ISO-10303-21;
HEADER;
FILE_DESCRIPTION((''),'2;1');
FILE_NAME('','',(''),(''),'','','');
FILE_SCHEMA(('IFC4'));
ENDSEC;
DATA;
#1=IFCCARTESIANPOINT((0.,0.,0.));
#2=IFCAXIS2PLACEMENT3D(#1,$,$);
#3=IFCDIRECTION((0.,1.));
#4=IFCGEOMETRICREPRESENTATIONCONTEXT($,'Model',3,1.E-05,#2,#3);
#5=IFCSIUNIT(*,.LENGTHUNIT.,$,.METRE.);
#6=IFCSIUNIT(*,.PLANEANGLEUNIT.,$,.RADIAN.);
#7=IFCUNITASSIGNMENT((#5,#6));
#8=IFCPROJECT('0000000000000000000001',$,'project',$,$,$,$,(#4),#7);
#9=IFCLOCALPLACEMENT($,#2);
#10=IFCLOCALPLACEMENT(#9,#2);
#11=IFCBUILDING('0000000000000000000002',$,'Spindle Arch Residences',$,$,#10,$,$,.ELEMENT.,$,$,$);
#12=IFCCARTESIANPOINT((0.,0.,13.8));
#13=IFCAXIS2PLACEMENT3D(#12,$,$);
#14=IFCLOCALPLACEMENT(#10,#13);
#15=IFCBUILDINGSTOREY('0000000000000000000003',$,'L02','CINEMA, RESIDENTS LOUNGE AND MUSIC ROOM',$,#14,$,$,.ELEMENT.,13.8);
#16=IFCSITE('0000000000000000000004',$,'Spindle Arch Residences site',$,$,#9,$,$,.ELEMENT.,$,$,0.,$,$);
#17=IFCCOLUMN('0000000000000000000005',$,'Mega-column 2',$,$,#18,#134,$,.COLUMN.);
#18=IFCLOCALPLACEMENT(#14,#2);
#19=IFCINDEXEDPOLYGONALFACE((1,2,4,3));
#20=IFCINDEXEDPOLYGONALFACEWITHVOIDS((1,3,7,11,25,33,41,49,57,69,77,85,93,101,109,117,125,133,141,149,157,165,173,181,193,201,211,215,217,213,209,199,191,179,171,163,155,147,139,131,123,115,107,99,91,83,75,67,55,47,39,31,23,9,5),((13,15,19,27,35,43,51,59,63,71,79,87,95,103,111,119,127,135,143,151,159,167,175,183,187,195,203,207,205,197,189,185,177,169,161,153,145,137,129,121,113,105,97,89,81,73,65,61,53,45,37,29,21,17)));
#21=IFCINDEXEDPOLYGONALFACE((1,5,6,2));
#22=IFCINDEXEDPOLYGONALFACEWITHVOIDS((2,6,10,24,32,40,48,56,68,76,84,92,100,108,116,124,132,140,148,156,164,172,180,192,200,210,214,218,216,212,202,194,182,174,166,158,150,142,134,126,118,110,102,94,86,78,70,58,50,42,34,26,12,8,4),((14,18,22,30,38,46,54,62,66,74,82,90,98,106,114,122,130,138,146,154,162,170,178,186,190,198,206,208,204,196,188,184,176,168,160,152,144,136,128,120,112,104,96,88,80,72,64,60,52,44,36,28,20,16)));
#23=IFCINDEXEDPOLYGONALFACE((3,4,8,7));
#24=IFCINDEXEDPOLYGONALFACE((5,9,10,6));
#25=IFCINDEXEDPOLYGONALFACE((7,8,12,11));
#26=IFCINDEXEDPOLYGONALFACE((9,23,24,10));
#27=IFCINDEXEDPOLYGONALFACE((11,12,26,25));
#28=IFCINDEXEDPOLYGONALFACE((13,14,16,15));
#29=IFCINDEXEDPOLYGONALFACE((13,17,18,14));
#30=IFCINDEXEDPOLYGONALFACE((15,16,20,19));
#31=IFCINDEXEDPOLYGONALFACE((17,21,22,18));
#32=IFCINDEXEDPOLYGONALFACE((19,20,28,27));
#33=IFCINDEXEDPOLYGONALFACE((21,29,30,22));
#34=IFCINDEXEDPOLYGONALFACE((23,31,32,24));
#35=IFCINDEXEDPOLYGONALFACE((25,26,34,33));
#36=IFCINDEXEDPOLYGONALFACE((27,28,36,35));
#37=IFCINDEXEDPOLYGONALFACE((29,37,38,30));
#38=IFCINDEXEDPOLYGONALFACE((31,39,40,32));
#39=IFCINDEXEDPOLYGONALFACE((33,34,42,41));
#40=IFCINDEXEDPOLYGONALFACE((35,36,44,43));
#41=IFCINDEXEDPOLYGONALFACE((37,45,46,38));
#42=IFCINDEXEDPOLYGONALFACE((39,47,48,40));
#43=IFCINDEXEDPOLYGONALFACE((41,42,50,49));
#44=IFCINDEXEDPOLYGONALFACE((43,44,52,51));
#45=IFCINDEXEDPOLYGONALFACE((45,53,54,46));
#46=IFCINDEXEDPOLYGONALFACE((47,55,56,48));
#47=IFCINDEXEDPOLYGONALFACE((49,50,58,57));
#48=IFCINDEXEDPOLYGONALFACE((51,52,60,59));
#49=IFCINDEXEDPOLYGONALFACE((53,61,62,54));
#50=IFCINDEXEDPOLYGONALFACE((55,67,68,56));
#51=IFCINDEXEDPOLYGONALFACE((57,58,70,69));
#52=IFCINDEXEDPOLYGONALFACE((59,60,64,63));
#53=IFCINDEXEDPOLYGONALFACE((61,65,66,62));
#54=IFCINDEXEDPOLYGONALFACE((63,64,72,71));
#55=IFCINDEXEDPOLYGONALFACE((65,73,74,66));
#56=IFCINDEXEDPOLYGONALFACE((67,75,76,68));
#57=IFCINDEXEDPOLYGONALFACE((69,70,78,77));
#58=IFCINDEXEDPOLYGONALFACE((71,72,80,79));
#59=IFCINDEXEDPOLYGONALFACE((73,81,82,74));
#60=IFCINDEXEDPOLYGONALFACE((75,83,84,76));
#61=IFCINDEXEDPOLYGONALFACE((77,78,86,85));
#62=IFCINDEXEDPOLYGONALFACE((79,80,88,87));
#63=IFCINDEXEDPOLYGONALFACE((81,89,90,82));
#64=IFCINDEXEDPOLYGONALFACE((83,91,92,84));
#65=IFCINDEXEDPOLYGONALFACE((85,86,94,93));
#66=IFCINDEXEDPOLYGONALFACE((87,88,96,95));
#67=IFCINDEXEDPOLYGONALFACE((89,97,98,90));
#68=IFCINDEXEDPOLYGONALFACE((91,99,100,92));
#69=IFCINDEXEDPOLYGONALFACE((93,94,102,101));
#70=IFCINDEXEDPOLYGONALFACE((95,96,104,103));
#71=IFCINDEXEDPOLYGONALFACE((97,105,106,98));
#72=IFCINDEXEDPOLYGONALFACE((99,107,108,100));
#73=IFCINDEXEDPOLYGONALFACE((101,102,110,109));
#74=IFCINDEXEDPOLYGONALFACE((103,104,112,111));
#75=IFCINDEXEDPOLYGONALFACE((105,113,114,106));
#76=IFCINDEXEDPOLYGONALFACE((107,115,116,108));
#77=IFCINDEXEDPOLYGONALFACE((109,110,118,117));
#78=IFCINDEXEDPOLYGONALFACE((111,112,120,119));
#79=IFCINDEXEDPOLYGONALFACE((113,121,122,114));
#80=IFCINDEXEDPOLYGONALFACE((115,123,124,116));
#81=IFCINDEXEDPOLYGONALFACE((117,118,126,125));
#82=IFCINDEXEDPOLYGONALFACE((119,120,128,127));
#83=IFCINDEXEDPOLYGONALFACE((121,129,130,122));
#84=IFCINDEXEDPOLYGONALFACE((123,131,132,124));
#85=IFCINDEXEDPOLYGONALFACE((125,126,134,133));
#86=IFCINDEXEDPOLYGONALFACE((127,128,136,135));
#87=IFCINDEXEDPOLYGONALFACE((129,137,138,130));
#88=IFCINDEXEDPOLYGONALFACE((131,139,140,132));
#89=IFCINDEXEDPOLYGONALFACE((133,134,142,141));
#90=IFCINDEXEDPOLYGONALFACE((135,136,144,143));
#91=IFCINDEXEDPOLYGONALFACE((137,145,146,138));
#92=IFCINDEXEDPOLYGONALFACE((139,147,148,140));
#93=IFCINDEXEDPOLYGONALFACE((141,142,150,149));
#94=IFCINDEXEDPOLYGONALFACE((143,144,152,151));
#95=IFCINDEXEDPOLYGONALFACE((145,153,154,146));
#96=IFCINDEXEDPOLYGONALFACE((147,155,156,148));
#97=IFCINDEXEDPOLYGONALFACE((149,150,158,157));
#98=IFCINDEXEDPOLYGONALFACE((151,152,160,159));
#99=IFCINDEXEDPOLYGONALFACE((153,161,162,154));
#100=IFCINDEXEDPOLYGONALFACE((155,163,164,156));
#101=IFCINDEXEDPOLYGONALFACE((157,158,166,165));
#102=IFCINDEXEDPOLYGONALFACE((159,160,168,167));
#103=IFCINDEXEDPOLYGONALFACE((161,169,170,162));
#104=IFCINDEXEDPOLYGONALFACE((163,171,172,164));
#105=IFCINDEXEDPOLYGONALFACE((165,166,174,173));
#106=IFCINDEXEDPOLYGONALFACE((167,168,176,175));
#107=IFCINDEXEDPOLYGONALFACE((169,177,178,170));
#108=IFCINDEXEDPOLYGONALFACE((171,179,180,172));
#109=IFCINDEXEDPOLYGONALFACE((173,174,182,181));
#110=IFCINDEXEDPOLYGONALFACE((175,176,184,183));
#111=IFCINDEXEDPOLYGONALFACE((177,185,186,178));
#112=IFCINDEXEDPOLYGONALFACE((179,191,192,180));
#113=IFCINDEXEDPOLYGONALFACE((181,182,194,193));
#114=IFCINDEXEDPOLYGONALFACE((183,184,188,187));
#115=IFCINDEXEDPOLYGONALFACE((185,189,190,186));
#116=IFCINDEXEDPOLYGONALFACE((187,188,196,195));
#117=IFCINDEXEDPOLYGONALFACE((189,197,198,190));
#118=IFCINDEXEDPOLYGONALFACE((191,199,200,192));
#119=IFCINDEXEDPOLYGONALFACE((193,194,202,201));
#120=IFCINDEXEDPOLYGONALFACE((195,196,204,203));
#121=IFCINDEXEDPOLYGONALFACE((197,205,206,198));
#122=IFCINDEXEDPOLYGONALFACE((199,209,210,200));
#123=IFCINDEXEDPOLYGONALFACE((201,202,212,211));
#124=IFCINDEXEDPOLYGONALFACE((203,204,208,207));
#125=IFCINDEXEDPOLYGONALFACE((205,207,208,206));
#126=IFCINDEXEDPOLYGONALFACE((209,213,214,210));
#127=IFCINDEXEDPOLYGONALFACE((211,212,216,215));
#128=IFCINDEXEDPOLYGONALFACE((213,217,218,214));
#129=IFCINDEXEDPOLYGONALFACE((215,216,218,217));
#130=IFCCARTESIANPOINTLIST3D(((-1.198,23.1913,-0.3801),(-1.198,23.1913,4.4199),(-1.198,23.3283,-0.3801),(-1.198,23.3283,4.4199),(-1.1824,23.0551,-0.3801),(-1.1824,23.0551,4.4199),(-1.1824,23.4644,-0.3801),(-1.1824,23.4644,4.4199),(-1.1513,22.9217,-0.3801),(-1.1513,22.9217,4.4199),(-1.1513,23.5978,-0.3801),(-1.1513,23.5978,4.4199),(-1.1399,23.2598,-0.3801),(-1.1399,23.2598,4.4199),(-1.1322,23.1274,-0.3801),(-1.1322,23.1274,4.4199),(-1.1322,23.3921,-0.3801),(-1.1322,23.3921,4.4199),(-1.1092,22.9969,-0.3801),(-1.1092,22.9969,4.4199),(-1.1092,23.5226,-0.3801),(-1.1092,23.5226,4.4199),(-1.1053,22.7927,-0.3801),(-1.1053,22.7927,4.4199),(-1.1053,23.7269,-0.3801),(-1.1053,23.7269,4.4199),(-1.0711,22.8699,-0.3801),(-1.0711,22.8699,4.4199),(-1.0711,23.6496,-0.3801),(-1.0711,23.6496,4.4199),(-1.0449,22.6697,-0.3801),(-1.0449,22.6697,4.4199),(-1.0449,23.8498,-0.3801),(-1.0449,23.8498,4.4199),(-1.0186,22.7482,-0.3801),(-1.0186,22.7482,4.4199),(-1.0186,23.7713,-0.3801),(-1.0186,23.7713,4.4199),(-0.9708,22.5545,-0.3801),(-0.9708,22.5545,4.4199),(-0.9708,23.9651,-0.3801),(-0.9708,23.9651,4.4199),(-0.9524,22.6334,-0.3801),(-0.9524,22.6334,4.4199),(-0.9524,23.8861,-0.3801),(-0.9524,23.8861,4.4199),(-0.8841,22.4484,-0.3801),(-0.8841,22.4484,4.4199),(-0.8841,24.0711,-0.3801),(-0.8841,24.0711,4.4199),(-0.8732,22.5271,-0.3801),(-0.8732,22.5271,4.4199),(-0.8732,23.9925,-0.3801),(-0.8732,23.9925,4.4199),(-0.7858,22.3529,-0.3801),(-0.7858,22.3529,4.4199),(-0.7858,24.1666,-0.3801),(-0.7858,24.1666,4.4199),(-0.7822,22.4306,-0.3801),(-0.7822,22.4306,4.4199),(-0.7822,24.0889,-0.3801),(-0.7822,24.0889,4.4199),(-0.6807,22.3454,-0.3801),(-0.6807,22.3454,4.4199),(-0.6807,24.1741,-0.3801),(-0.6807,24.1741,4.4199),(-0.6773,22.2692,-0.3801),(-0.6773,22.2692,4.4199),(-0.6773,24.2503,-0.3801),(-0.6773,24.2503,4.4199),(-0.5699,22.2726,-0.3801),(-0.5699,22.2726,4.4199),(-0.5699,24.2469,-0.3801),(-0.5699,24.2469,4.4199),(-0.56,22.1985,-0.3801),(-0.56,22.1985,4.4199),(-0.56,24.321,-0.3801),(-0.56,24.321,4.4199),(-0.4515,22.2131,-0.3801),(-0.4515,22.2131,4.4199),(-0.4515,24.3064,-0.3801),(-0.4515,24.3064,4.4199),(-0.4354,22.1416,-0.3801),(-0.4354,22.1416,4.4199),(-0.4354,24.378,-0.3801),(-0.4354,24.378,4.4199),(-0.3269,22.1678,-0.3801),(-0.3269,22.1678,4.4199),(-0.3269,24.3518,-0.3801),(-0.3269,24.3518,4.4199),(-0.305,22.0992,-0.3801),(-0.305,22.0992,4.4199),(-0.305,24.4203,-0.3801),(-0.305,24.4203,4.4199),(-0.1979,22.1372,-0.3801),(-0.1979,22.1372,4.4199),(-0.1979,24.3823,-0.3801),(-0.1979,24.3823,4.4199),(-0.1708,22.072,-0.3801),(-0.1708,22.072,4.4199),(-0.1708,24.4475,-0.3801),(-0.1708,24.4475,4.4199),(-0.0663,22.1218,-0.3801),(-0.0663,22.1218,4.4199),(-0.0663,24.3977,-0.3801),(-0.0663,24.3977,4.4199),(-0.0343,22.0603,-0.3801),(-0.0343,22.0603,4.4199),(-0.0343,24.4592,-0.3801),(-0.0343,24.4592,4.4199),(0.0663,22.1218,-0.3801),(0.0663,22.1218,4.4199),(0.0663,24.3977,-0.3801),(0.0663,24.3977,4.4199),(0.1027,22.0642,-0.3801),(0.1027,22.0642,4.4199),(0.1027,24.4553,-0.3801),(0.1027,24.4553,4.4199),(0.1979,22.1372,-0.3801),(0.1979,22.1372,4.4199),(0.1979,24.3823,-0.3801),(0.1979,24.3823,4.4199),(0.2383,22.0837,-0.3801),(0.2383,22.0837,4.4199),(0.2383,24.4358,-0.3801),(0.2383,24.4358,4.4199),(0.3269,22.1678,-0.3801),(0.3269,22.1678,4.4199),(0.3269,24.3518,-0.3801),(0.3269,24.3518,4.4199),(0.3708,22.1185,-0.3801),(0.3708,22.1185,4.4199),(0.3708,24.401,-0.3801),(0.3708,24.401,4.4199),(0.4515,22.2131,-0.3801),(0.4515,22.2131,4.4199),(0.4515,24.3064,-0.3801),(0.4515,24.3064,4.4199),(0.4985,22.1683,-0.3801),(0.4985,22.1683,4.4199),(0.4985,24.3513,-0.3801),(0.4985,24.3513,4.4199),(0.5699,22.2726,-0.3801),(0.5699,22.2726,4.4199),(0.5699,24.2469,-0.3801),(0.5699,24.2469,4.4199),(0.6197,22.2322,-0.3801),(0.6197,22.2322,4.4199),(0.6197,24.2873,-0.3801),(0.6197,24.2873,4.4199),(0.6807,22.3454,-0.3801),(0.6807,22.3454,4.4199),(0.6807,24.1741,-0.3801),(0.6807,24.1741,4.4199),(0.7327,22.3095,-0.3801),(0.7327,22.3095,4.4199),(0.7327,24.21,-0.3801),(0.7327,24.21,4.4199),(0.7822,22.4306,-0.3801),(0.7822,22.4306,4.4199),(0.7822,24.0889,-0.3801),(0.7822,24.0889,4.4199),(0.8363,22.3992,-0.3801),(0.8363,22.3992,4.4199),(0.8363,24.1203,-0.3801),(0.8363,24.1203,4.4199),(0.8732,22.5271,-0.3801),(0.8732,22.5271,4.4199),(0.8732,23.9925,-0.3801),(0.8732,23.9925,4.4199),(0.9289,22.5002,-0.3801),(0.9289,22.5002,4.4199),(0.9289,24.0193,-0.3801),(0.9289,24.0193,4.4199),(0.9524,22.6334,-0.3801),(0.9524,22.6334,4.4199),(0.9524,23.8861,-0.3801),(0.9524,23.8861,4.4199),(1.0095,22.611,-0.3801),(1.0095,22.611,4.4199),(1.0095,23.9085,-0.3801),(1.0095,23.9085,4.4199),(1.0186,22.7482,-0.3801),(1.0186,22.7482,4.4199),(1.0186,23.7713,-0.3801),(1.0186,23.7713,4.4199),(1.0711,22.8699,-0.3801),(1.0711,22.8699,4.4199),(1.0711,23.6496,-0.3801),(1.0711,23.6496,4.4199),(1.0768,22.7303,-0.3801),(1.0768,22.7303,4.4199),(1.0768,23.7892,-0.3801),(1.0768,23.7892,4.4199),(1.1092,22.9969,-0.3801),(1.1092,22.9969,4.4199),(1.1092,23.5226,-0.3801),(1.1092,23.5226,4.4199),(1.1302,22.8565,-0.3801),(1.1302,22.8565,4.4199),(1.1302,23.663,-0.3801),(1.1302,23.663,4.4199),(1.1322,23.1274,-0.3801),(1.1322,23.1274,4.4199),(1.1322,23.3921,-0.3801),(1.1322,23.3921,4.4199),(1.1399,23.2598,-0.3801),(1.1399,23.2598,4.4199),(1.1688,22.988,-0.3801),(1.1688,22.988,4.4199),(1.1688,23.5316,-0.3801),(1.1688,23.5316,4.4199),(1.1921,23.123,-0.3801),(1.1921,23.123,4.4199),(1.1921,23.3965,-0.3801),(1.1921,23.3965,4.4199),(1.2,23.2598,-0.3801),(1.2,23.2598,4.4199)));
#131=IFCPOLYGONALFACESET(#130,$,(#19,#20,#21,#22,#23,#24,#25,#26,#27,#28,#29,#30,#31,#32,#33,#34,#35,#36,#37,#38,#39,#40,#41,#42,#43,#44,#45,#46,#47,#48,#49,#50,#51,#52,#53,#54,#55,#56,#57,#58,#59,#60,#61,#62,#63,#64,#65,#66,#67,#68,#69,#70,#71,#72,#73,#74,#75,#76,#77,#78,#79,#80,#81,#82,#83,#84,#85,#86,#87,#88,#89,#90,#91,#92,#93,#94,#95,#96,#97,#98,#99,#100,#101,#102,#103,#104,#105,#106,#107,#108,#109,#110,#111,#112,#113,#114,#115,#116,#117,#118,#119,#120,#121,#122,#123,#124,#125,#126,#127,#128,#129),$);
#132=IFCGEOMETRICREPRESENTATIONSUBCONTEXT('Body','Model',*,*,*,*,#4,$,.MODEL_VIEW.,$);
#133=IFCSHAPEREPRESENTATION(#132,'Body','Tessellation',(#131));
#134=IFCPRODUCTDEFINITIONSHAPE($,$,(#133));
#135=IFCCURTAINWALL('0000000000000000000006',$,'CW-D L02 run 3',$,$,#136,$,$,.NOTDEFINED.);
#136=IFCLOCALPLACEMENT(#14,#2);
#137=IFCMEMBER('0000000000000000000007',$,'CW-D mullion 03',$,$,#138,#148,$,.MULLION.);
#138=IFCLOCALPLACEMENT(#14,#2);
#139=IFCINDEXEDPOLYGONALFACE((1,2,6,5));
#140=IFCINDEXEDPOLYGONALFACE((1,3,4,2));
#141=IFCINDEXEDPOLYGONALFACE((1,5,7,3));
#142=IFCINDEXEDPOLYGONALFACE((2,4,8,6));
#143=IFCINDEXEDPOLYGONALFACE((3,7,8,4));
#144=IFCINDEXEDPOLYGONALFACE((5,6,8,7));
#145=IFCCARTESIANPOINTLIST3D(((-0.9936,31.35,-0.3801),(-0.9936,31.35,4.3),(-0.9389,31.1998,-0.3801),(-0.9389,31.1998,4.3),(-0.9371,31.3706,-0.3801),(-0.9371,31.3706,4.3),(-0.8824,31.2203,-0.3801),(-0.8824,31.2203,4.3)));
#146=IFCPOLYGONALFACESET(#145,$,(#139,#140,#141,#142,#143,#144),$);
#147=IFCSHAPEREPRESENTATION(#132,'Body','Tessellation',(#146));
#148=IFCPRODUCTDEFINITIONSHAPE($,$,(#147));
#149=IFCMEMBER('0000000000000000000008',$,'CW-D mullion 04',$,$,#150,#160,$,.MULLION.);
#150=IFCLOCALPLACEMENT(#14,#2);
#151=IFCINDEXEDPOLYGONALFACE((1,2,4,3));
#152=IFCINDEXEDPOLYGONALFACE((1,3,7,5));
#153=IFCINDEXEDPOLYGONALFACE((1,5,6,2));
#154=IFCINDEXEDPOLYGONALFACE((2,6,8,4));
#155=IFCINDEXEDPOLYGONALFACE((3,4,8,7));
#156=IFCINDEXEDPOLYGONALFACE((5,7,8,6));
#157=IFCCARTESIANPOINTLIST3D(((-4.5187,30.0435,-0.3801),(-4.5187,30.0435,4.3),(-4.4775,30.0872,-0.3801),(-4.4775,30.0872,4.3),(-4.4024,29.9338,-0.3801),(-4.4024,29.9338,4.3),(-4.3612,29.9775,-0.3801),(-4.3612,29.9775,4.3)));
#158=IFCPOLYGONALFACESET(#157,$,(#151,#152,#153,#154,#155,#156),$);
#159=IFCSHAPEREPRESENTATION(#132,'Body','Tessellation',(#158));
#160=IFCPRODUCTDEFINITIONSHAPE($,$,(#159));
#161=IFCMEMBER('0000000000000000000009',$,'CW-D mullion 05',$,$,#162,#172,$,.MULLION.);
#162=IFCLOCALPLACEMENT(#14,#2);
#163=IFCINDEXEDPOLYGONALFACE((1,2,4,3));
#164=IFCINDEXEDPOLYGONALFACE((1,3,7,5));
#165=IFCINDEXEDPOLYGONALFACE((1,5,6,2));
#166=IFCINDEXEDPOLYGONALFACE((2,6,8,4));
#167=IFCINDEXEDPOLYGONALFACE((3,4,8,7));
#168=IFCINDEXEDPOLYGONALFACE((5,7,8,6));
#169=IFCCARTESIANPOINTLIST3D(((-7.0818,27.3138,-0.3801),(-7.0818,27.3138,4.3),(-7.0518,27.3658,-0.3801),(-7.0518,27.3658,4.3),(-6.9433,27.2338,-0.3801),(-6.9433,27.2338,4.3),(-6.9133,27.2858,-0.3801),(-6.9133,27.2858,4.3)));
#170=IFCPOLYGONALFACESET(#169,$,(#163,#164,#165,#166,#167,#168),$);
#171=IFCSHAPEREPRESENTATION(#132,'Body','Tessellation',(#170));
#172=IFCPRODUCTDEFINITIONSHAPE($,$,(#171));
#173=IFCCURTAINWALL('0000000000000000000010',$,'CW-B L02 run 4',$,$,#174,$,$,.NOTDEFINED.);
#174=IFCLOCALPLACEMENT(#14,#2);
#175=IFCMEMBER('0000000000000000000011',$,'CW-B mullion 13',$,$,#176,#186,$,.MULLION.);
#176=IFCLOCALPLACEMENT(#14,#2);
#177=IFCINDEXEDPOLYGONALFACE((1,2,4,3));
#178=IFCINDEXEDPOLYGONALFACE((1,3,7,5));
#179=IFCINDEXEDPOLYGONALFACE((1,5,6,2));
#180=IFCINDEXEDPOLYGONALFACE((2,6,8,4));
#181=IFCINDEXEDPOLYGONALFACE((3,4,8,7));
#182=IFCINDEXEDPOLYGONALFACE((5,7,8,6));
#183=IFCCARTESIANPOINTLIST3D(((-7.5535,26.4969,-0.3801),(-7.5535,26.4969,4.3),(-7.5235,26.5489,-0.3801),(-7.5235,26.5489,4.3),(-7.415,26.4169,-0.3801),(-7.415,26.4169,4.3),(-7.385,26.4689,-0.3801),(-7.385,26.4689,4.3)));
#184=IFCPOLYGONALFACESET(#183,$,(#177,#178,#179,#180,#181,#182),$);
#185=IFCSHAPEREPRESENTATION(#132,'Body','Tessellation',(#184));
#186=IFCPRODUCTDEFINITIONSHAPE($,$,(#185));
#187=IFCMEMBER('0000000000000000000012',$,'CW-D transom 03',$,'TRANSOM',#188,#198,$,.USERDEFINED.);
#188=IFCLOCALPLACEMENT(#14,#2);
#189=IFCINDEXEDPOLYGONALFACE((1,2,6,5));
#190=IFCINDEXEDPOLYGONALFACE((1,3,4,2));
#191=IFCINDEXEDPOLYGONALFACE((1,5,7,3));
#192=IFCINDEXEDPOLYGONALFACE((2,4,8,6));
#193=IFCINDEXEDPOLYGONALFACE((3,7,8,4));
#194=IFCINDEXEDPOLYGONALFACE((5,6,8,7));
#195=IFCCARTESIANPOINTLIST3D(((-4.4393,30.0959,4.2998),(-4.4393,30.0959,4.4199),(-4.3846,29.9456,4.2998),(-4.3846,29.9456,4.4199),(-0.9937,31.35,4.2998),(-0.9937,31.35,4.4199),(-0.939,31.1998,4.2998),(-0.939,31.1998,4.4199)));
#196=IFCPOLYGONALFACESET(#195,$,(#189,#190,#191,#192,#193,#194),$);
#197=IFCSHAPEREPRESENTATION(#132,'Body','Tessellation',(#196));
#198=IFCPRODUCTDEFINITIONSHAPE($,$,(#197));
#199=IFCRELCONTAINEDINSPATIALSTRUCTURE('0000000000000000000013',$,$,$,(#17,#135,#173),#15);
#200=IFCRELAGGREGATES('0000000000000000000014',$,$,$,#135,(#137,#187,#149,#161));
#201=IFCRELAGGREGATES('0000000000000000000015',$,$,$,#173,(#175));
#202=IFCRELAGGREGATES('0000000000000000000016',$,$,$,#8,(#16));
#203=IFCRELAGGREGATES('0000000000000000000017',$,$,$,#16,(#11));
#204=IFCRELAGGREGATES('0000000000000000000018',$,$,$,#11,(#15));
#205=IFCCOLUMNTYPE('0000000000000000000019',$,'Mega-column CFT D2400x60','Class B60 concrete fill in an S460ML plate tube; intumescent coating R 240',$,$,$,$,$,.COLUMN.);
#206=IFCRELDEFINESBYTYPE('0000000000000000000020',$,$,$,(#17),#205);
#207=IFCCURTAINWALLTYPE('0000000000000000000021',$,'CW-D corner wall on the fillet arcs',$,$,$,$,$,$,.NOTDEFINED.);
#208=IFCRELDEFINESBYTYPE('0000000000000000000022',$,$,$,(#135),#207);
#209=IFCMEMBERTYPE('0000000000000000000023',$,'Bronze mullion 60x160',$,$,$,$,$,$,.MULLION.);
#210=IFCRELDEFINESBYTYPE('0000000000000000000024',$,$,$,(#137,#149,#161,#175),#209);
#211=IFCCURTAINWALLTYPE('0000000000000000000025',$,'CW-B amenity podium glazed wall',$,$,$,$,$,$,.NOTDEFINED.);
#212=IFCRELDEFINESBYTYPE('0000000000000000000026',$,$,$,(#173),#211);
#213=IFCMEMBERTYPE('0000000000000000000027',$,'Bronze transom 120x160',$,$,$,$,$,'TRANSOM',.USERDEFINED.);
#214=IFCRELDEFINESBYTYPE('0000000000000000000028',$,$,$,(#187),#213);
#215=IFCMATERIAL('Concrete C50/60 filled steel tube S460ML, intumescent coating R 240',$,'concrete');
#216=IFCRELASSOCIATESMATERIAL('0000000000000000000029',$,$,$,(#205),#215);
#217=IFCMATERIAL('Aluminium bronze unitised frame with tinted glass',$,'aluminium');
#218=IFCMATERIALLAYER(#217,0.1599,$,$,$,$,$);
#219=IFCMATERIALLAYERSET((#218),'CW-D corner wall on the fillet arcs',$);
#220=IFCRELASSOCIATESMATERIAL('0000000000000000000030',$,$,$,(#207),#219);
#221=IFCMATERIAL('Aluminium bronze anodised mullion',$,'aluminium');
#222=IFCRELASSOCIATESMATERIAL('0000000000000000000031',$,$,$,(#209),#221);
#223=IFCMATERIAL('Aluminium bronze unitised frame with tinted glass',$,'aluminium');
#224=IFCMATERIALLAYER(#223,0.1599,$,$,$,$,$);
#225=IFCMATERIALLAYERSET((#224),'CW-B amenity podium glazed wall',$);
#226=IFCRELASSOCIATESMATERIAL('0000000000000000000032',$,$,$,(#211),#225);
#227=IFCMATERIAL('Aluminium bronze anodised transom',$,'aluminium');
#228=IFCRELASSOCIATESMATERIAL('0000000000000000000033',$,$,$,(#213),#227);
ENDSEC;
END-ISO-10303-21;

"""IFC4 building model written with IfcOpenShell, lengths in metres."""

from ifc_helpers import new_model, si_unit, direction, frame, origin, origin_2d, place, context, subcontext, project, spatial, rectangle, hollow_circle, extrude, material, layer, layer_set, material_profile, profile_set, type_object, element, aggregate, save


model = new_model("IFC4")

# Units and contexts
model_context = context("Model", 3, precision=1e-05, world=origin(), true_north=direction((0.0, 1.0)))
body_context = subcontext(model_context, "Body", "Model", "MODEL_VIEW")
ifc_project = project(units=[si_unit("LENGTHUNIT", "METRE"), si_unit("PLANEANGLEUNIT", "RADIAN")], contexts=[model_context])

# Site, building, storey
site_placement = place(None, origin())
site = spatial("IfcSite", under=ifc_project, at=site_placement, Name="Spindle Arch Residences site", CompositionType="ELEMENT", RefElevation=0.0)
building_placement = place(site_placement, origin())
building = spatial("IfcBuilding", under=site, at=building_placement, Name="Spindle Arch Residences", CompositionType="ELEMENT")
storey_placement = place(building_placement, frame((0.0, 0.0, 13.8)))
storey = spatial("IfcBuildingStorey", under=building, at=storey_placement, Name="L02", Description="CINEMA, RESIDENTS LOUNGE AND MUSIC ROOM", CompositionType="ELEMENT", Elevation=13.8)

# Column
ifc_material_1 = material(Name="Concrete C50/60 filled steel tube S460ML, intumescent coating R 240", Category="concrete")
ifc_material_profile_1 = material_profile(ifc_material_1, hollow_circle(Radius=1.2, WallThickness=0.0601, at=origin_2d()), Name="CFT D2400x60")
ifc_profile_set_1 = profile_set([ifc_material_profile_1], Name="Concrete C50/60 filled steel tube S460ML, intumescent coating R 240")
column_type_1 = type_object("IfcColumnType", Name="Mega-column CFT D2400x60", Description="Class B60 concrete fill in an S460ML plate tube; intumescent coating R 240", PredefinedType="COLUMN", material=ifc_profile_set_1)
column_placement = place(storey_placement, frame((0.0, 23.2598, -0.3801), z_axis=(0.0, 0.0, 1.0), x_axis=(1.0, 0.0, 0.0)))
element("IfcColumn", 1, at=column_placement, inside=storey, type_object=column_type_1, Name="Mega-column 2", PredefinedType="COLUMN", context=body_context, shape_type="SweptSolid", body=[
    extrude(hollow_circle(Radius=1.2, WallThickness=0.0601, at=origin_2d()), origin(), (0.0, 0.0, 1.0), 4.8),
])

# Curtain wall, members
ifc_material_2 = material(Name="Aluminium bronze unitised frame with tinted glass", Category="aluminium")
ifc_layer_1 = layer(ifc_material_2, 0.1599)
ifc_layer_set_1 = layer_set([ifc_layer_1], Name="CW-D corner wall on the fillet arcs")
curtain_wall_type_1 = type_object("IfcCurtainWallType", Name="CW-D corner wall on the fillet arcs", PredefinedType="NOTDEFINED", material=ifc_layer_set_1)
curtain_wall_1_placement = place(storey_placement, origin())
curtain_wall_1 = element("IfcCurtainWall", 2, at=curtain_wall_1_placement, inside=storey, type_object=curtain_wall_type_1, Name="CW-D L02 run 3", PredefinedType="NOTDEFINED")
ifc_material_3 = material(Name="Aluminium bronze anodised mullion", Category="aluminium")
ifc_material_profile_2 = material_profile(ifc_material_3, rectangle(XDim=0.1599, YDim=0.0601, at=origin_2d()), Name="MU 60x160")
ifc_profile_set_2 = profile_set([ifc_material_profile_2], Name="Aluminium bronze anodised mullion")
member_type_1 = type_object("IfcMemberType", Name="Bronze mullion 60x160", PredefinedType="MULLION", material=ifc_profile_set_2)
member_1_placement = place(storey_placement, frame((-0.938, 31.2852, -0.3801), z_axis=(0.0, 0.0, 1.0), x_axis=(0.34202, -0.939693, 0.0)))
member_1 = element("IfcMember", 3, at=member_1_placement, type_object=member_type_1, Name="CW-D mullion 03", PredefinedType="MULLION", context=body_context, shape_type="SweptSolid", body=[
    extrude(rectangle(XDim=0.1599, YDim=0.0601, at=origin_2d()), origin(), (0.0, 0.0, 1.0), 4.6802),
])
member_2_placement = place(storey_placement, frame((-4.4399, 30.0105, -0.3801), z_axis=(0.0, 0.0, 1.0), x_axis=(0.727374, -0.686242, 0.0)))
member_2 = element("IfcMember", 4, at=member_2_placement, type_object=member_type_1, Name="CW-D mullion 04", PredefinedType="MULLION", context=body_context, shape_type="SweptSolid", body=[
    extrude(rectangle(XDim=0.1599, YDim=0.0601, at=origin_2d()), origin(), (0.0, 0.0, 1.0), 4.6802),
])
member_3_placement = place(storey_placement, frame((-6.9976, 27.2998, -0.3801), z_axis=(0.0, 0.0, 1.0), x_axis=(0.866025, -0.5, 0.0)))
member_3 = element("IfcMember", 5, at=member_3_placement, type_object=member_type_1, Name="CW-D mullion 05", PredefinedType="MULLION", context=body_context, shape_type="SweptSolid", body=[
    extrude(rectangle(XDim=0.1599, YDim=0.0601, at=origin_2d()), origin(), (0.0, 0.0, 1.0), 4.6802),
])

# Curtain wall, member
ifc_material_4 = material(Name="Aluminium bronze unitised frame with tinted glass", Category="aluminium")
ifc_layer_2 = layer(ifc_material_4, 0.1599)
ifc_layer_set_2 = layer_set([ifc_layer_2], Name="CW-B amenity podium glazed wall")
curtain_wall_type_2 = type_object("IfcCurtainWallType", Name="CW-B amenity podium glazed wall", PredefinedType="NOTDEFINED", material=ifc_layer_set_2)
curtain_wall_2_placement = place(storey_placement, origin())
curtain_wall_2 = element("IfcCurtainWall", 6, at=curtain_wall_2_placement, inside=storey, type_object=curtain_wall_type_2, Name="CW-B L02 run 4", PredefinedType="NOTDEFINED")
member_4_placement = place(storey_placement, frame((-7.4692, 26.4829, -0.3801), z_axis=(0.0, 0.0, 1.0), x_axis=(0.866025, -0.5, 0.0)))
member_4 = element("IfcMember", 7, at=member_4_placement, type_object=member_type_1, Name="CW-B mullion 13", PredefinedType="MULLION", context=body_context, shape_type="SweptSolid", body=[
    extrude(rectangle(XDim=0.1599, YDim=0.0601, at=origin_2d()), origin(), (0.0, 0.0, 1.0), 4.6802),
])

# Member
ifc_material_5 = material(Name="Aluminium bronze anodised transom", Category="aluminium")
ifc_material_profile_3 = material_profile(ifc_material_5, rectangle(XDim=0.1599, YDim=0.1201, at=origin_2d()), Name="TR 120x160")
ifc_profile_set_3 = profile_set([ifc_material_profile_3], Name="Aluminium bronze anodised transom")
member_type_2 = type_object("IfcMemberType", Name="Bronze transom 120x160", ElementType="TRANSOM", PredefinedType="USERDEFINED", material=ifc_profile_set_3)
member_5_placement = place(storey_placement, frame((-0.9663, 31.2749, 4.3599), z_axis=(-0.939686, -0.342037, 0.0), x_axis=(0.342037, -0.939686, 0.0)))
member_5 = element("IfcMember", 8, at=member_5_placement, type_object=member_type_2, Name="CW-D transom 03", ObjectType="TRANSOM", PredefinedType="USERDEFINED", context=body_context, shape_type="SweptSolid", body=[
    extrude(rectangle(XDim=0.1599, YDim=0.1201, at=origin_2d()), origin(), (0.0, 0.0, 1.0), 3.6667),
])

aggregate(curtain_wall_1, [member_1, member_5, member_2, member_3])
aggregate(curtain_wall_2, [member_4])

save(model, "model.ifc")
